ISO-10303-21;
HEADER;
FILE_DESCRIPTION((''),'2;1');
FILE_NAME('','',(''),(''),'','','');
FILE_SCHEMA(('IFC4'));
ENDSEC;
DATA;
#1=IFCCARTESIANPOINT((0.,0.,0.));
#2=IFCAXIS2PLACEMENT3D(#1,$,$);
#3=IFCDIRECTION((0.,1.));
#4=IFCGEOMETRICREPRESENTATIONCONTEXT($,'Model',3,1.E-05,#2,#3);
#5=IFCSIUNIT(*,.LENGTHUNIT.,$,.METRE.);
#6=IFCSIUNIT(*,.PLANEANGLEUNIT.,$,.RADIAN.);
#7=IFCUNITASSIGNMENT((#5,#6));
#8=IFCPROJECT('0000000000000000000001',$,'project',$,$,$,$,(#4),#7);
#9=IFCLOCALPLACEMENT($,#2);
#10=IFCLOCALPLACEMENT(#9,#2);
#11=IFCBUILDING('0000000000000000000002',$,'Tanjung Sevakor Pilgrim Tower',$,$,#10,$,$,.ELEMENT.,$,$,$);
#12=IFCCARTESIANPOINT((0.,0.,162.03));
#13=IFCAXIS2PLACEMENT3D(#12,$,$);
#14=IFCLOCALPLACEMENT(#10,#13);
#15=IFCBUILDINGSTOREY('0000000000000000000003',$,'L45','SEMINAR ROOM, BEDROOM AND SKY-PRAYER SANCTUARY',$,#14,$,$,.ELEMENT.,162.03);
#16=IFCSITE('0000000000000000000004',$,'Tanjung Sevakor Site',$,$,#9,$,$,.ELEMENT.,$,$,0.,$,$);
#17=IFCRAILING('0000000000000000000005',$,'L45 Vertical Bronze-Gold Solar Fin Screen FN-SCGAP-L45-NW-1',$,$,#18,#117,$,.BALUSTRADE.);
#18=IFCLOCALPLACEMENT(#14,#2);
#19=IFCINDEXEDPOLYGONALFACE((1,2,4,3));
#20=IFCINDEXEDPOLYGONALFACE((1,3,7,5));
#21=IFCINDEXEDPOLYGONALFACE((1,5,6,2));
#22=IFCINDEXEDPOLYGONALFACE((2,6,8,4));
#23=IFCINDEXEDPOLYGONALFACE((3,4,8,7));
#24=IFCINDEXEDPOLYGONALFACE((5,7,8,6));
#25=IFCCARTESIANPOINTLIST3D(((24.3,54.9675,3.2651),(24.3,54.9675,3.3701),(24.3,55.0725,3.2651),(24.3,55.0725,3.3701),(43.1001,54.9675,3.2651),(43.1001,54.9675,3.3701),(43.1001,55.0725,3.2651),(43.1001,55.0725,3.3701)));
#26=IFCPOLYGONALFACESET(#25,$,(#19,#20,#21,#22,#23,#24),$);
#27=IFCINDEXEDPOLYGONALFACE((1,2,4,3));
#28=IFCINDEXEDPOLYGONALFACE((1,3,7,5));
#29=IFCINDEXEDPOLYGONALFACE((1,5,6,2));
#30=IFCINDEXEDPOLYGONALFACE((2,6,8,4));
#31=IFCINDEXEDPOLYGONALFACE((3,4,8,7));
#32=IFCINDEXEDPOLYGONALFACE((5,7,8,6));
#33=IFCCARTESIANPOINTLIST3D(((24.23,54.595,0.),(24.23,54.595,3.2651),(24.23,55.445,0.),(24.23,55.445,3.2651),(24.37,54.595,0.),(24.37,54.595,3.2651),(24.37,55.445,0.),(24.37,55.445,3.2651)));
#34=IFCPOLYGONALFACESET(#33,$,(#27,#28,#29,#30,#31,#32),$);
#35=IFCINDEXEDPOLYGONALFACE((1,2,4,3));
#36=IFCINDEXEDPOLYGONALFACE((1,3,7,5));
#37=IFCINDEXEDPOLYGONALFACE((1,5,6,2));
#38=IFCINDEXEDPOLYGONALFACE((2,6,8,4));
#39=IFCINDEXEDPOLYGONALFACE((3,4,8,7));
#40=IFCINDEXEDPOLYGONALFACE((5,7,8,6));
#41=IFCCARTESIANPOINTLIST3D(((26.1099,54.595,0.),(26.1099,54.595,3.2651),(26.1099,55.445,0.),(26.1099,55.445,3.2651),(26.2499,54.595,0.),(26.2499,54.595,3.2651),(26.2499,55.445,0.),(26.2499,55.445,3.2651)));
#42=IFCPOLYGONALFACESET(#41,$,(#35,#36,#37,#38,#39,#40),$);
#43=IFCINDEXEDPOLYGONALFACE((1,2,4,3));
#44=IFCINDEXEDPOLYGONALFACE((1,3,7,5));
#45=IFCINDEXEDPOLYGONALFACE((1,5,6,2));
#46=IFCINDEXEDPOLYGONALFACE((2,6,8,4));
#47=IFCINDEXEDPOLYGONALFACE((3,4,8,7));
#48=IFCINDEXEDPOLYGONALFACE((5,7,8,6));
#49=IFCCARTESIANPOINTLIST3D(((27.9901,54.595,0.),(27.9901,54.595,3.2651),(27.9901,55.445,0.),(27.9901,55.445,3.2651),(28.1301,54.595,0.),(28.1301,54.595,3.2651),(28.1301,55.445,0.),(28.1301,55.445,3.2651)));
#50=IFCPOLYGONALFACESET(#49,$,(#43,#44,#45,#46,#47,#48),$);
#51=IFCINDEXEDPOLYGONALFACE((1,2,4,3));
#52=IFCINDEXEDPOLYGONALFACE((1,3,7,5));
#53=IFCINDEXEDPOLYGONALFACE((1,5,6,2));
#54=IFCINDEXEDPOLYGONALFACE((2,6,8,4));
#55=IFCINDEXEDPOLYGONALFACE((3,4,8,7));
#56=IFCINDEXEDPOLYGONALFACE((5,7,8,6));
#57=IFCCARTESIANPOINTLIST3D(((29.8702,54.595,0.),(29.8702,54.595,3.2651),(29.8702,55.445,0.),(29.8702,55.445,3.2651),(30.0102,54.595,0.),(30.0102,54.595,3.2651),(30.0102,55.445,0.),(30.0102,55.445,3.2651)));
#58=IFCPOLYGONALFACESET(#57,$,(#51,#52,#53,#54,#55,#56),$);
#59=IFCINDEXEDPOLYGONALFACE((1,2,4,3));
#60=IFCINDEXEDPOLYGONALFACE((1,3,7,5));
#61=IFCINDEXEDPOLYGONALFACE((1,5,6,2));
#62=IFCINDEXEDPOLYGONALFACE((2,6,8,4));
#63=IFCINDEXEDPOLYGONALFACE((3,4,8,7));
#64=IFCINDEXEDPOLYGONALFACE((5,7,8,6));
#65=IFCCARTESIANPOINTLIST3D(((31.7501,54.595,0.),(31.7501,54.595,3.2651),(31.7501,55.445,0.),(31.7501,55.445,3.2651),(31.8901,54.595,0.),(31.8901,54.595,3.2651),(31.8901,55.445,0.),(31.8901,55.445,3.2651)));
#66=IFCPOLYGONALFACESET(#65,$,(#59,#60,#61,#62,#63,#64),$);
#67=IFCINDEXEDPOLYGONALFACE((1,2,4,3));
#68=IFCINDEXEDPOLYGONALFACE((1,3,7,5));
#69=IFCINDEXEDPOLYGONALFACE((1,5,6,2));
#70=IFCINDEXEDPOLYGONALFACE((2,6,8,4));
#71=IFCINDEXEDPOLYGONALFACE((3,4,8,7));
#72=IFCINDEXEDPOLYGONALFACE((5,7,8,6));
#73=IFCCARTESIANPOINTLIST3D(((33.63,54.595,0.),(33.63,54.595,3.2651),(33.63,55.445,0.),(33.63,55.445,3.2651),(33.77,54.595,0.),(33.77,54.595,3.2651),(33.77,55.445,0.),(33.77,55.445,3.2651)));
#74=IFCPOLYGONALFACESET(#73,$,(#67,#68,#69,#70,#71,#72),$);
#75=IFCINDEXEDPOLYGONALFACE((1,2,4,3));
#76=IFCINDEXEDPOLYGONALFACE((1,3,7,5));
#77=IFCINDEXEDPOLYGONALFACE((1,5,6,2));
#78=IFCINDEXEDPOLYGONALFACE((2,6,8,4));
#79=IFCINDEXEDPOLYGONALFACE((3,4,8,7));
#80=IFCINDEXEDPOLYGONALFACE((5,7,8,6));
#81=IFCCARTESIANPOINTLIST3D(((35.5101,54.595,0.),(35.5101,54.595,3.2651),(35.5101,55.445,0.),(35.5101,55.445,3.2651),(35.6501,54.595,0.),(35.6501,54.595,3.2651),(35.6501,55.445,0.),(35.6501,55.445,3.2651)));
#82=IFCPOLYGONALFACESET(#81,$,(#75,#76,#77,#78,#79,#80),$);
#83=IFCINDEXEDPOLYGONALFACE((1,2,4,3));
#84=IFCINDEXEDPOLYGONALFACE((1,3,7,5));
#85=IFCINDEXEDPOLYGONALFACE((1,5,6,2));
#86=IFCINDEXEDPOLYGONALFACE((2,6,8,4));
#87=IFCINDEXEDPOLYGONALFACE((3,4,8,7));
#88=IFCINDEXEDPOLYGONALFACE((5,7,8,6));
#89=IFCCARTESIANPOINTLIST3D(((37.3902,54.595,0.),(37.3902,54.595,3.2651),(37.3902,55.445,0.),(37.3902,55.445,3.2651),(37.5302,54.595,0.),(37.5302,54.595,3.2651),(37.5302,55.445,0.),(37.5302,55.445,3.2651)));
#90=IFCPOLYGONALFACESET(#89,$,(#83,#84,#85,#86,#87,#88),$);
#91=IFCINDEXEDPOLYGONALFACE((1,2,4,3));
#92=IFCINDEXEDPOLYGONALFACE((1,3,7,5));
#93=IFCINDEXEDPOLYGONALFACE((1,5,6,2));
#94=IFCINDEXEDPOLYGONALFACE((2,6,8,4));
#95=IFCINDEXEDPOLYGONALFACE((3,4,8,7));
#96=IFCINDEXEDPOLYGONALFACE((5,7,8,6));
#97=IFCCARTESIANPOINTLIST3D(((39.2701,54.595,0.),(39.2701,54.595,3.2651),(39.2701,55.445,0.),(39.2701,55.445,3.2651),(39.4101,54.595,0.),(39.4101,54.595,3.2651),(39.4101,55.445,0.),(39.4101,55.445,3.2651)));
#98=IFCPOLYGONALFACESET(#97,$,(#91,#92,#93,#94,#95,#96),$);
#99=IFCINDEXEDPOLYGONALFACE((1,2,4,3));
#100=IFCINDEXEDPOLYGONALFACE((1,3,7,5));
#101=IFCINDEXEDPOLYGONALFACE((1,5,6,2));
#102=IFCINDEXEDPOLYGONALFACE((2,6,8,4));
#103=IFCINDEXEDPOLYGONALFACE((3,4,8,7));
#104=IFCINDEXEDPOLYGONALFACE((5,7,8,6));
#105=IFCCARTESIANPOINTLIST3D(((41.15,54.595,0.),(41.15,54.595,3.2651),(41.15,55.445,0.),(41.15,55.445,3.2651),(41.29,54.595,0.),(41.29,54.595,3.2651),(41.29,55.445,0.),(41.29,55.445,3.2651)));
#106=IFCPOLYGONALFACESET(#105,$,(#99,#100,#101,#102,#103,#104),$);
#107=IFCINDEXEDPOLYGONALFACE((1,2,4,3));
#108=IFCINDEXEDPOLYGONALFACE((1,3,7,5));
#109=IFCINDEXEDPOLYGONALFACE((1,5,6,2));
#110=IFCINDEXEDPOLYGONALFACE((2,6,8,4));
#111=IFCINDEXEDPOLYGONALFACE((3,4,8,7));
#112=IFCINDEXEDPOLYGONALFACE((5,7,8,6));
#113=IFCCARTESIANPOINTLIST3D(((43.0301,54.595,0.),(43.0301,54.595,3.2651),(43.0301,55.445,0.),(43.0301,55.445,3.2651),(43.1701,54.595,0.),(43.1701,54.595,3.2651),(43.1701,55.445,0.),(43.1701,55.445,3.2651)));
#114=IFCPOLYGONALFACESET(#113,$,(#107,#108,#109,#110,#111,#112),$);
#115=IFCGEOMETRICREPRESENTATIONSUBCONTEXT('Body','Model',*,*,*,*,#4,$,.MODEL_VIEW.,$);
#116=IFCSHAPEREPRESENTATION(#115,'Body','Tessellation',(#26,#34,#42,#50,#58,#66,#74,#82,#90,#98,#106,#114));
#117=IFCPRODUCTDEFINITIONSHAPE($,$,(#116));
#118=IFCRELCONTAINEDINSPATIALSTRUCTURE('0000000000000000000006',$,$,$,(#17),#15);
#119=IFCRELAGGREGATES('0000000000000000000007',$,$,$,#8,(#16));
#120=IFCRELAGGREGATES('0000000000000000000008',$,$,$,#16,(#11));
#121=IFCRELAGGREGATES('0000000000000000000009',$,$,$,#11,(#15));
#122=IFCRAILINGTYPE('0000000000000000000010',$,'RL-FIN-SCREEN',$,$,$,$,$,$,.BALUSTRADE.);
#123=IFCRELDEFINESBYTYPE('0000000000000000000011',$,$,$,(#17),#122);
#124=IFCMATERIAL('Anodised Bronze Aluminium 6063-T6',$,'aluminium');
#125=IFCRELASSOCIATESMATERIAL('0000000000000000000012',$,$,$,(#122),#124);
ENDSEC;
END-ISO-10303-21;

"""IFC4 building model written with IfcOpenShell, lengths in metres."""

from ifc_helpers import new_model, si_unit, direction, frame, origin, place, context, subcontext, project, spatial, rectangle, extrude, material, type_object, element, save


model = new_model("IFC4")

# Units and contexts
model_context = context("Model", 3, precision=1e-05, world=origin(), true_north=direction((0.0, 1.0)))
body_context = subcontext(model_context, "Body", "Model", "MODEL_VIEW")
ifc_project = project(units=[si_unit("LENGTHUNIT", "METRE"), si_unit("PLANEANGLEUNIT", "RADIAN")], contexts=[model_context])

# Site, building, storey
site_placement = place(None, origin())
site = spatial("IfcSite", under=ifc_project, at=site_placement, Name="Tanjung Sevakor Site", CompositionType="ELEMENT", RefElevation=0.0)
building_placement = place(site_placement, origin())
building = spatial("IfcBuilding", under=site, at=building_placement, Name="Tanjung Sevakor Pilgrim Tower", CompositionType="ELEMENT")
storey_placement = place(building_placement, frame((0.0, 0.0, 162.03)))
storey = spatial("IfcBuildingStorey", under=building, at=storey_placement, Name="L45", Description="SEMINAR ROOM, BEDROOM AND SKY-PRAYER SANCTUARY", CompositionType="ELEMENT", Elevation=162.03)

# Railing
ifc_material_1 = material(Name="Anodised Bronze Aluminium 6063-T6", Category="aluminium")
railing_type = type_object("IfcRailingType", Name="RL-FIN-SCREEN", PredefinedType="BALUSTRADE", material=ifc_material_1)
railing_1_placement = place(storey_placement, frame((24.3, 55.02, 0.0)))
element("IfcRailing", 1, at=railing_1_placement, inside=storey, type_object=railing_type, Name="L45 Vertical Bronze-Gold Solar Fin Screen FN-SCGAP-L45-NW-1", PredefinedType="BALUSTRADE", context=body_context, shape_type="SweptSolid", body=[
    extrude(rectangle(XDim=0.105, YDim=0.105), frame((0.0, 0.0, 3.3176), z_axis=(1.0, 0.0, 0.0), x_axis=(0.0, 1.0, 0.0)), (0.0, 0.0, 1.0), 18.8),
    extrude(rectangle(XDim=0.14, YDim=0.85), origin(), (0.0, 0.0, 1.0), 3.2651),
    extrude(rectangle(XDim=0.14, YDim=0.85), frame((1.8799, 0.0, 0.0)), (0.0, 0.0, 1.0), 3.2651),
    extrude(rectangle(XDim=0.14, YDim=0.85), frame((3.76, 0.0, 0.0)), (0.0, 0.0, 1.0), 3.2651),
    extrude(rectangle(XDim=0.14, YDim=0.85), frame((5.6401, 0.0, 0.0)), (0.0, 0.0, 1.0), 3.2651),
    extrude(rectangle(XDim=0.14, YDim=0.85), frame((7.52, 0.0, 0.0)), (0.0, 0.0, 1.0), 3.2651),
    extrude(rectangle(XDim=0.14, YDim=0.85), frame((9.3999, 0.0, 0.0)), (0.0, 0.0, 1.0), 3.2651),
    extrude(rectangle(XDim=0.14, YDim=0.85), frame((11.28, 0.0, 0.0)), (0.0, 0.0, 1.0), 3.2651),
    extrude(rectangle(XDim=0.14, YDim=0.85), frame((13.1602, 0.0, 0.0)), (0.0, 0.0, 1.0), 3.2651),
    extrude(rectangle(XDim=0.14, YDim=0.85), frame((15.04, 0.0, 0.0)), (0.0, 0.0, 1.0), 3.2651),
    extrude(rectangle(XDim=0.14, YDim=0.85), frame((16.9199, 0.0, 0.0)), (0.0, 0.0, 1.0), 3.2651),
    extrude(rectangle(XDim=0.14, YDim=0.85), frame((18.8, 0.0, 0.0)), (0.0, 0.0, 1.0), 3.2651),
])

save(model, "model.ifc")
